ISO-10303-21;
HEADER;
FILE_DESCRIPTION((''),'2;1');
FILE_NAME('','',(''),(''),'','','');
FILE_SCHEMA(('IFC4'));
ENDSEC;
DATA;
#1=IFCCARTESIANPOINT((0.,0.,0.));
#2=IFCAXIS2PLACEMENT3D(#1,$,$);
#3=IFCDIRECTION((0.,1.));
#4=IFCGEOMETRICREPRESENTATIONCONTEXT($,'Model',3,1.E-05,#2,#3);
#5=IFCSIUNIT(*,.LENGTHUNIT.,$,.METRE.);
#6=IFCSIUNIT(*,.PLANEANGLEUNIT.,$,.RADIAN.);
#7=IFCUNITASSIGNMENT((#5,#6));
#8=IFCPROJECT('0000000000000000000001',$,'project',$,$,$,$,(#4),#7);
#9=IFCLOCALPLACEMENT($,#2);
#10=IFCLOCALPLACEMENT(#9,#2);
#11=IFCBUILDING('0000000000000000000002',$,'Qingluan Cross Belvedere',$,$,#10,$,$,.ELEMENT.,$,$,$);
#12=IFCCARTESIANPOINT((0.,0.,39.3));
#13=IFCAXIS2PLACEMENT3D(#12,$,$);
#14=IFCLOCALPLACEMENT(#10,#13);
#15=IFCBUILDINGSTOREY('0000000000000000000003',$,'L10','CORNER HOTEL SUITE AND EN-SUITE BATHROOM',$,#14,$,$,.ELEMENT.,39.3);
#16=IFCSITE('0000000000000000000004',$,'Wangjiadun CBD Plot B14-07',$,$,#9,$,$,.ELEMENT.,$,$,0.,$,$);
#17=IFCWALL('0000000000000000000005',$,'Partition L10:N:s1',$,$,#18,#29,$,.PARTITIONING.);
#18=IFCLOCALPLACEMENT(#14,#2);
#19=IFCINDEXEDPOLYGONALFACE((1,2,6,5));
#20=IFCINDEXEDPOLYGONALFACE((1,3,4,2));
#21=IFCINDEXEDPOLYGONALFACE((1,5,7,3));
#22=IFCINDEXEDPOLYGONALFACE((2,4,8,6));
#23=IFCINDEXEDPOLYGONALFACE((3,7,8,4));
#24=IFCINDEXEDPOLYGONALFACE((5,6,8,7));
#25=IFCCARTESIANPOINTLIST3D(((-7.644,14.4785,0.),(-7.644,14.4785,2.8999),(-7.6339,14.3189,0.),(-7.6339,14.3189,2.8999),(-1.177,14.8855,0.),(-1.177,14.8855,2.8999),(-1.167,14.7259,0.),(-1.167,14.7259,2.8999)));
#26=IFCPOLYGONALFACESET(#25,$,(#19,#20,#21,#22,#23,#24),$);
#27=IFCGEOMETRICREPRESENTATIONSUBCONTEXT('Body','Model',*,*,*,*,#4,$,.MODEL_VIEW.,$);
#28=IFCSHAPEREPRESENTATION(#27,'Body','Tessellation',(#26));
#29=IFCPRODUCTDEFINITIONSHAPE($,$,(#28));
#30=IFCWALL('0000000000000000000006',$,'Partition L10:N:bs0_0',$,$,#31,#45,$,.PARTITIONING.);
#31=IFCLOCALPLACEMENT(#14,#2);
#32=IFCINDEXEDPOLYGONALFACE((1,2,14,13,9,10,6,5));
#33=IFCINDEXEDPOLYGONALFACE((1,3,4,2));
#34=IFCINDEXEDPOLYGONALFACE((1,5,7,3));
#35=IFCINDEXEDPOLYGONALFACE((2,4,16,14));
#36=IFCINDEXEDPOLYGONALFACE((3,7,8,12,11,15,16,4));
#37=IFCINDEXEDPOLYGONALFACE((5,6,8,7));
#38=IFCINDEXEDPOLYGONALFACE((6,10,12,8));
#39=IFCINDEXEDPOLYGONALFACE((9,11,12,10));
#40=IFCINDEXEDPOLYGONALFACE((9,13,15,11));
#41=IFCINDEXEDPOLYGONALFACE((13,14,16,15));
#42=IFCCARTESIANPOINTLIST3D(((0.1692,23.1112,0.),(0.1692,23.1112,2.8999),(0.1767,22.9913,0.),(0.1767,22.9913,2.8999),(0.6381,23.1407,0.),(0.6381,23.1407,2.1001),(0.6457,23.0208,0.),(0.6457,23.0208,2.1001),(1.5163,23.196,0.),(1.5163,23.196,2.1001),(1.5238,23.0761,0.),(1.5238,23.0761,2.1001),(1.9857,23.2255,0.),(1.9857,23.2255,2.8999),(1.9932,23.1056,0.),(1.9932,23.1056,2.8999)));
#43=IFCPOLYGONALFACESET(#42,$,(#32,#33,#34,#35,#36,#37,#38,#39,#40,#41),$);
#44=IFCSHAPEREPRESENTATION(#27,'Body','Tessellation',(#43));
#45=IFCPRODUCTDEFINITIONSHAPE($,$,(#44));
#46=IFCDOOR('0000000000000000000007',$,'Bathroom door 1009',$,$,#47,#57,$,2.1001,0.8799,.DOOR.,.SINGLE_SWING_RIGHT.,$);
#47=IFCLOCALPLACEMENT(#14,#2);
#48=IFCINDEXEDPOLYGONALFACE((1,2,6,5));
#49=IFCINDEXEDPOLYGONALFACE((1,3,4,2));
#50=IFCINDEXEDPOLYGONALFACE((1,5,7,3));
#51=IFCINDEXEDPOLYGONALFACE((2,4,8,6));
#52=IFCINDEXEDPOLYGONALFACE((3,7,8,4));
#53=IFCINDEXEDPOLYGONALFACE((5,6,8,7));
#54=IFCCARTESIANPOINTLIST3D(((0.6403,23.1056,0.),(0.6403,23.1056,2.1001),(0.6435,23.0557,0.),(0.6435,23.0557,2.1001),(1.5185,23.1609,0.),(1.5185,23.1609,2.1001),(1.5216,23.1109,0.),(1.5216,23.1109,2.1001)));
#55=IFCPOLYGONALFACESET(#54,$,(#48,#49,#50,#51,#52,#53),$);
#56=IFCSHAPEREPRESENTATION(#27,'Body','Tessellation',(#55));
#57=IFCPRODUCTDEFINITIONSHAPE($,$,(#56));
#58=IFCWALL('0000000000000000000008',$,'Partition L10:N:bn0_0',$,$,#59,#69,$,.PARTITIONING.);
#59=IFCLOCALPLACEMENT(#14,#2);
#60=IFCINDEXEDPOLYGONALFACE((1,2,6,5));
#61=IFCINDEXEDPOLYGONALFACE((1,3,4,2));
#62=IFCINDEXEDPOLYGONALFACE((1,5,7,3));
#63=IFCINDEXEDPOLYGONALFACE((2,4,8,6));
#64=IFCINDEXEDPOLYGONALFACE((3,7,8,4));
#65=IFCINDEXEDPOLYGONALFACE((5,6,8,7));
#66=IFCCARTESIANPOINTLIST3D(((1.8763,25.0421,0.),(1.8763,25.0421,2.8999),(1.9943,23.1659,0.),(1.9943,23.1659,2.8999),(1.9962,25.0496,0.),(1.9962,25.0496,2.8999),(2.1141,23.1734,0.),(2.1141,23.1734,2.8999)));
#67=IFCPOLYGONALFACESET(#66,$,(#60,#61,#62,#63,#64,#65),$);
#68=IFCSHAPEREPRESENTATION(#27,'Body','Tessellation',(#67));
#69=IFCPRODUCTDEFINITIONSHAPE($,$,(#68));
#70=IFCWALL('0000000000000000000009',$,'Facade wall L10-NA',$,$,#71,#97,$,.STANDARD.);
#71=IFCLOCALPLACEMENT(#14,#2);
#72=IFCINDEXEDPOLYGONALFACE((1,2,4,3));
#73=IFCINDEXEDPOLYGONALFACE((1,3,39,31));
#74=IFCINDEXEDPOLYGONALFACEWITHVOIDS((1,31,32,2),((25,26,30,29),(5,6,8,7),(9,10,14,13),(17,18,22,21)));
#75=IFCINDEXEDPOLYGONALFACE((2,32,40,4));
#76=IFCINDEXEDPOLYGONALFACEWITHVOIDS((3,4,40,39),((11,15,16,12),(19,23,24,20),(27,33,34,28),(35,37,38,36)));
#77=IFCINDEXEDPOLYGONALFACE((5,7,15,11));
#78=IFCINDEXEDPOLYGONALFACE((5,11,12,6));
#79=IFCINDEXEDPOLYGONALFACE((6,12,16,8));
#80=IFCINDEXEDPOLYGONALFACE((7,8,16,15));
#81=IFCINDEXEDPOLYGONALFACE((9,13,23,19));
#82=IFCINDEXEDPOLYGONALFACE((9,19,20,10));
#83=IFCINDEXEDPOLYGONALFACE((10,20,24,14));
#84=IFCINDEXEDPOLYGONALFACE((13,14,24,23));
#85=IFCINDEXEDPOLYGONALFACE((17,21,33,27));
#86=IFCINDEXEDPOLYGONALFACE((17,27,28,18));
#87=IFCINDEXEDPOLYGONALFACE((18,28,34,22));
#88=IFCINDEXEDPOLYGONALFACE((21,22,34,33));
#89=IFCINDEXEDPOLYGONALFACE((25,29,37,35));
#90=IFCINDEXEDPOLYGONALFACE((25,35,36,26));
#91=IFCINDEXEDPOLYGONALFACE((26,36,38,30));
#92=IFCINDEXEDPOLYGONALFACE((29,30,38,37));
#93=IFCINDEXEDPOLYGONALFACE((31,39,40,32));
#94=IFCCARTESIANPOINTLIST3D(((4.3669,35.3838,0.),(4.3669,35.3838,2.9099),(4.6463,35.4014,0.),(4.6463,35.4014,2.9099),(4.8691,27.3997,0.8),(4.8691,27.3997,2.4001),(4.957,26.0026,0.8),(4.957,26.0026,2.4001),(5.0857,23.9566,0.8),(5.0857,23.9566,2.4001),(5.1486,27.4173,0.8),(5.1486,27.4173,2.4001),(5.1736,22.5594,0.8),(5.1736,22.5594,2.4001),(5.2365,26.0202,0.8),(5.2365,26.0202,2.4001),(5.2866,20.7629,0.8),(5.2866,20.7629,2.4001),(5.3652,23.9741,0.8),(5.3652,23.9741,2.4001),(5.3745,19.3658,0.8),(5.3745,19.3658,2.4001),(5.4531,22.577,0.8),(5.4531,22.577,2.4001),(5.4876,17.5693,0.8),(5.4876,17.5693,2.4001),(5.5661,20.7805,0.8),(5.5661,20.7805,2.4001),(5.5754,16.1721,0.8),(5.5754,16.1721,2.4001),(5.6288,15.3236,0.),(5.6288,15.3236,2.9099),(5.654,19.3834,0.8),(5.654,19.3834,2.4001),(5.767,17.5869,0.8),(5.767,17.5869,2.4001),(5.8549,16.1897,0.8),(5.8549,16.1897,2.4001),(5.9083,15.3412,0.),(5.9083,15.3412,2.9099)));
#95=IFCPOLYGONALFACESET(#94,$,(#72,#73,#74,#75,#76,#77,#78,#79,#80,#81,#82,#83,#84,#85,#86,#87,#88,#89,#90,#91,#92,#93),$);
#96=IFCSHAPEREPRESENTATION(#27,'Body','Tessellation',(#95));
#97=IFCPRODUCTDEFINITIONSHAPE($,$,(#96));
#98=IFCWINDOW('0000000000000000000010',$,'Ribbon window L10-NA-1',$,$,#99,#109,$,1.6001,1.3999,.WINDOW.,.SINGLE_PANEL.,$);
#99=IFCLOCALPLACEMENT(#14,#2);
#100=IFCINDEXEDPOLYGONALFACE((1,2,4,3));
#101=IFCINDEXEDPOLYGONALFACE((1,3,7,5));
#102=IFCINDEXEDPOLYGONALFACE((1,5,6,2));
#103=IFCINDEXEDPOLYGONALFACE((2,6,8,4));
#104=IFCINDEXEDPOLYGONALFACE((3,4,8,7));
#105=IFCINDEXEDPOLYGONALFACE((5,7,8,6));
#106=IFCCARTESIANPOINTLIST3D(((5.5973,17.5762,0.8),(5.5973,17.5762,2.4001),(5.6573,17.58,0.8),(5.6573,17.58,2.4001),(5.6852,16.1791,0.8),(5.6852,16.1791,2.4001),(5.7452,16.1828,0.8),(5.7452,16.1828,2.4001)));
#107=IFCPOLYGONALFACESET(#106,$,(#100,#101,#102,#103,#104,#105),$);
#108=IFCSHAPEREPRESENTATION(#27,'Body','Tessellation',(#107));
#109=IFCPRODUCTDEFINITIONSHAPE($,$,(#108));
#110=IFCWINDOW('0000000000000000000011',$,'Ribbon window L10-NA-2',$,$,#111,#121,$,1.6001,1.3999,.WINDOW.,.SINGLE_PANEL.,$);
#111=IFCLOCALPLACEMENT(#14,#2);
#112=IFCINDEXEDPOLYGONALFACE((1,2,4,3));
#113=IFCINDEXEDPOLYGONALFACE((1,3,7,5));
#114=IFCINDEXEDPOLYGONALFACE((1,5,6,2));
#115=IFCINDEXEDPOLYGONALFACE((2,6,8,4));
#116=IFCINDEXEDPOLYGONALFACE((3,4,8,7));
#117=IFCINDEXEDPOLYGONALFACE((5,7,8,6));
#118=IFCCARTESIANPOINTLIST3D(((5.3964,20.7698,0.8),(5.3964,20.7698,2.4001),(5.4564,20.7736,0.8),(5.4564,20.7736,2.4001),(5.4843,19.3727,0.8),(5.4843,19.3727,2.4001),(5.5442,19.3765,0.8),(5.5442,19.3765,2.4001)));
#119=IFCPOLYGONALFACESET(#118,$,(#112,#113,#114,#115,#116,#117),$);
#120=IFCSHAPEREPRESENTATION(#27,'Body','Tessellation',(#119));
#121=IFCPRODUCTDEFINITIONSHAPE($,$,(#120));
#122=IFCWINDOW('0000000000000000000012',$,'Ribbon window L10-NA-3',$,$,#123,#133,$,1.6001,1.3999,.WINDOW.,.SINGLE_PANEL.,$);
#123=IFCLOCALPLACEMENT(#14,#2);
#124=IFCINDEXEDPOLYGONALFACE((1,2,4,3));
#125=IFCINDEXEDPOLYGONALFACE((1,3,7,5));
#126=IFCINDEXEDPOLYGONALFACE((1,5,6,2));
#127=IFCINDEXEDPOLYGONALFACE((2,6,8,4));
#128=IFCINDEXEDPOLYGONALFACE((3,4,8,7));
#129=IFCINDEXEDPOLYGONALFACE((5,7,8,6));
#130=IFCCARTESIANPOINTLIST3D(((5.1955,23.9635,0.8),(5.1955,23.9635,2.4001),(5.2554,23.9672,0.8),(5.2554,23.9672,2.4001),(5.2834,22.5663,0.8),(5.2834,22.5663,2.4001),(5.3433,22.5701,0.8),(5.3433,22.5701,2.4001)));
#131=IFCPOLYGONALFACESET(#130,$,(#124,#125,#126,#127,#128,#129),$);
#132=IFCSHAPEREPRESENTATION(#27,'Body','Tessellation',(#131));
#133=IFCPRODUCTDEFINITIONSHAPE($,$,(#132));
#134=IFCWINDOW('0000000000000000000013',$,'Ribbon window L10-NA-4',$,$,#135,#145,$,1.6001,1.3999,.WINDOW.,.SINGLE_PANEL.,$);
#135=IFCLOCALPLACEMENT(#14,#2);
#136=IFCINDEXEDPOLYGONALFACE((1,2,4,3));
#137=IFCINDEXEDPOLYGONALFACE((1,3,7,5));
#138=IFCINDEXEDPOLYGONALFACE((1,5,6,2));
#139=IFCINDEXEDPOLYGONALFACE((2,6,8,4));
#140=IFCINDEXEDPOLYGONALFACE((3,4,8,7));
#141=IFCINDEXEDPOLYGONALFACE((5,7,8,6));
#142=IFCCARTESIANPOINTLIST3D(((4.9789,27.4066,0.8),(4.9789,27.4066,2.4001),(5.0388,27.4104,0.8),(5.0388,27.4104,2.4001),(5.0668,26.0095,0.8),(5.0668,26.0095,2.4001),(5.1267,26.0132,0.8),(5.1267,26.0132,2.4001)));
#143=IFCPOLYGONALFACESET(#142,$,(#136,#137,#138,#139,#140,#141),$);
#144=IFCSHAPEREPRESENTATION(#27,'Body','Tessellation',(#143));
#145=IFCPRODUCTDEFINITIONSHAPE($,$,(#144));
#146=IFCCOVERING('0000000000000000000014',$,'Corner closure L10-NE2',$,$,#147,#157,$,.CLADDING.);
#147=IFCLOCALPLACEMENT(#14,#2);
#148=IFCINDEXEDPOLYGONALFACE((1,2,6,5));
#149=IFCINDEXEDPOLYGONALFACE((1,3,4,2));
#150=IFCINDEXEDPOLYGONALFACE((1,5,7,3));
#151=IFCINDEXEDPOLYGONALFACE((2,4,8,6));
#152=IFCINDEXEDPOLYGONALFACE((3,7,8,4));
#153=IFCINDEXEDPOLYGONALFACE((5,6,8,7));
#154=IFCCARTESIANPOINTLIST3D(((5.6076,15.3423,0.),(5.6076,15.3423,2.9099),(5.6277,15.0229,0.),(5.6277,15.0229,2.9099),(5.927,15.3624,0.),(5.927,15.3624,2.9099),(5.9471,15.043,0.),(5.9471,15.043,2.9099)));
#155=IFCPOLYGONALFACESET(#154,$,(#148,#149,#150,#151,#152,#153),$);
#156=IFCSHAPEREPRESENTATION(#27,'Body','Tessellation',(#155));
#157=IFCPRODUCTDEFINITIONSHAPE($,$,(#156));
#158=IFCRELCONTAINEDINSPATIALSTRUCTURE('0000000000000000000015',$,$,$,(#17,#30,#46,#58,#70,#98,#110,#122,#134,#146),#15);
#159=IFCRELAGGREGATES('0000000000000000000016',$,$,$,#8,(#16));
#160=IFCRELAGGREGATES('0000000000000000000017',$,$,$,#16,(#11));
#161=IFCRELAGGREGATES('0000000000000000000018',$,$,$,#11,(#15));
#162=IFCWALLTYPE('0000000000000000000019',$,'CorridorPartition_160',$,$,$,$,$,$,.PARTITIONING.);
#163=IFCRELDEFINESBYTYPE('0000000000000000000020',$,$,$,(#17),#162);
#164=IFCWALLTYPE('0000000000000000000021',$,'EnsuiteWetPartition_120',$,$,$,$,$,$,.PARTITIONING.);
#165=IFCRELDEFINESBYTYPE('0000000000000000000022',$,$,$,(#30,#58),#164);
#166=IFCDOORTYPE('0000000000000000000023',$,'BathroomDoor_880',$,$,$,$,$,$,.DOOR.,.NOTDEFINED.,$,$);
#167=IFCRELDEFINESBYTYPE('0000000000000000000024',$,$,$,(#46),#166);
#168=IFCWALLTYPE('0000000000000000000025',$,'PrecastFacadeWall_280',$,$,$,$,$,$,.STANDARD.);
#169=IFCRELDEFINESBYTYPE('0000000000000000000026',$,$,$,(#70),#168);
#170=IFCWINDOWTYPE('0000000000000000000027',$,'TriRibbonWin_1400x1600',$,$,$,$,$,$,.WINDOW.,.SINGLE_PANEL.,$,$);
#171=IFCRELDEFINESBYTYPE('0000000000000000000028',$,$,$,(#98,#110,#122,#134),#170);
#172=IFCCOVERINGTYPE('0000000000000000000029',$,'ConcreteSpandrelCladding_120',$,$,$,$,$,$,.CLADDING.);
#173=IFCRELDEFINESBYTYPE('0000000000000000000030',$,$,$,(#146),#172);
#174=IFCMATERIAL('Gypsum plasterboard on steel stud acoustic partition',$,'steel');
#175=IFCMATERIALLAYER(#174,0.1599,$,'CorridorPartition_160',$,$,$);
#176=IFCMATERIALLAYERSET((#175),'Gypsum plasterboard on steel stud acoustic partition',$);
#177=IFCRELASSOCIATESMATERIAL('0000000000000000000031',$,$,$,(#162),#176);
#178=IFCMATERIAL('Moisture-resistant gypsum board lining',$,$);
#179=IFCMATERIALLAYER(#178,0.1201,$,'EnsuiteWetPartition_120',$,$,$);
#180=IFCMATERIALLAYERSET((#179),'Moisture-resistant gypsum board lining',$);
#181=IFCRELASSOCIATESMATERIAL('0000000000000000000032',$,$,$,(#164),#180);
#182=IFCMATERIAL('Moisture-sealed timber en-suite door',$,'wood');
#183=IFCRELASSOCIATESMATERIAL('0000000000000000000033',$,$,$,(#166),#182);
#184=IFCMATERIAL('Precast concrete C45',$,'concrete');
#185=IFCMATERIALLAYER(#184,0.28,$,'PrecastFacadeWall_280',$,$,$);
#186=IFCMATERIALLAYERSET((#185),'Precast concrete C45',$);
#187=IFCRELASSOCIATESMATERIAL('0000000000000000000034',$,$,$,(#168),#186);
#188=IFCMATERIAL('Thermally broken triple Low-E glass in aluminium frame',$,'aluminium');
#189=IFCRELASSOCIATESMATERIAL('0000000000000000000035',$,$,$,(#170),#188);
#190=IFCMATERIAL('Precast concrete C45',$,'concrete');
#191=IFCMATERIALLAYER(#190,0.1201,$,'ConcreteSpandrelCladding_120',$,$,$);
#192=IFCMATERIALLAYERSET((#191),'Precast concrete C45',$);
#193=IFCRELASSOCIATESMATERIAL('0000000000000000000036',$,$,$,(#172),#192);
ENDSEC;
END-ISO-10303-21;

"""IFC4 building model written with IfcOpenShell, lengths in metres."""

from ifc_helpers import new_model, si_unit, direction, frame, frame_2d, origin, origin_2d, place, context, subcontext, project, spatial, rectangle, extrude, material, layer, layer_set, type_object, element, fill, save


model = new_model("IFC4")

# Units and contexts
model_context = context("Model", 3, precision=1e-05, world=origin(), true_north=direction((0.0, 1.0)))
body_context = subcontext(model_context, "Body", "Model", "MODEL_VIEW")
ifc_project = project(units=[si_unit("LENGTHUNIT", "METRE"), si_unit("PLANEANGLEUNIT", "RADIAN")], contexts=[model_context])

# Site, building, storey
site_placement = place(None, origin())
site = spatial("IfcSite", under=ifc_project, at=site_placement, Name="Wangjiadun CBD Plot B14-07", CompositionType="ELEMENT", RefElevation=0.0)
building_placement = place(site_placement, origin())
building = spatial("IfcBuilding", under=site, at=building_placement, Name="Qingluan Cross Belvedere", CompositionType="ELEMENT")
storey_placement = place(building_placement, frame((0.0, 0.0, 39.3)))
storey = spatial("IfcBuildingStorey", under=building, at=storey_placement, Name="L10", Description="CORNER HOTEL SUITE AND EN-SUITE BATHROOM", CompositionType="ELEMENT", Elevation=39.3)

# Shared definitions
ifc_material_1 = material(Name="Gypsum plasterboard on steel stud acoustic partition", Category="steel")
ifc_layer_1 = layer(ifc_material_1, 0.1599, Name="CorridorPartition_160")
ifc_layer_set_1 = layer_set([ifc_layer_1], Name="Gypsum plasterboard on steel stud acoustic partition")
wall_type_1 = type_object("IfcWallType", Name="CorridorPartition_160", PredefinedType="PARTITIONING", material=ifc_layer_set_1)

# Wall
wall_1_placement = place(storey_placement, frame((-1.1721, 14.8057, 0.0), z_axis=(0.0, 0.0, 1.0), x_axis=(-0.998026, -0.062808, 0.0)))
element("IfcWall", 1, at=wall_1_placement, inside=storey, type_object=wall_type_1, Name="Partition L10:N:s1", PredefinedType="PARTITIONING", context=body_context, shape_type="SweptSolid", body=[
    extrude(rectangle(XDim=6.4797, YDim=0.1599, at=frame_2d((3.2397, 0.0))), origin(), (0.0, 0.0, 1.0), 2.8999),
])

# Wall, opening, door
ifc_material_2 = material(Name="Moisture-resistant gypsum board lining")
ifc_layer_2 = layer(ifc_material_2, 0.1201, Name="EnsuiteWetPartition_120")
ifc_layer_set_2 = layer_set([ifc_layer_2], Name="Moisture-resistant gypsum board lining")
wall_type_2 = type_object("IfcWallType", Name="EnsuiteWetPartition_120", PredefinedType="PARTITIONING", material=ifc_layer_set_2)
wall_2_placement = place(storey_placement, frame((0.1729, 23.0513, 0.0), z_axis=(0.0, 0.0, 1.0), x_axis=(0.998027, 0.062779, 0.0)))
wall_2 = element("IfcWall", 2, at=wall_2_placement, inside=storey, type_object=wall_type_2, Name="Partition L10:N:bs0_0", PredefinedType="PARTITIONING", context=body_context, shape_type="SweptSolid", body=[
    extrude(rectangle(XDim=1.8201, YDim=0.1201, at=frame_2d((0.9102, 0.0))), origin(), (0.0, 0.0, 1.0), 2.8999),
])
opening_1_placement = place(wall_2_placement, frame((0.47, 0.0, 0.0)))
opening_1 = element("IfcOpeningElement", 3, at=opening_1_placement, cuts=wall_2, PredefinedType="OPENING", context=body_context, shape_type="SweptSolid", body=[
    extrude(rectangle(XDim=0.8799, YDim=2.1001, at=frame_2d((0.4399, 1.05))), frame((0.0, 0.0701, 0.0), z_axis=(0.0, -1.0, 0.0), x_axis=(1.0, 0.0, 0.0)), (0.0, 0.0, 1.0), 0.1401),
])
ifc_material_3 = material(Name="Moisture-sealed timber en-suite door", Category="wood")
door_type_1 = type_object("IfcDoorType", Name="BathroomDoor_880", OperationType="NOTDEFINED", PredefinedType="DOOR", material=ifc_material_3)
door_1_placement = place(opening_1_placement, origin())
door_1 = element("IfcDoor", 4, at=door_1_placement, inside=storey, type_object=door_type_1, Name="Bathroom door 1009", OperationType="SINGLE_SWING_RIGHT", OverallHeight=2.1001, OverallWidth=0.8799, PredefinedType="DOOR", context=body_context, shape_type="SweptSolid", body=[
    extrude(rectangle(XDim=0.8799, YDim=2.1001, at=frame_2d((0.4399, 1.05))), frame((0.0, 0.0249, 0.0), z_axis=(0.0, -1.0, 0.0), x_axis=(1.0, 0.0, 0.0)), (0.0, 0.0, 1.0), 0.05),
])
fill(opening_1, door_1)

# Wall
wall_3_placement = place(storey_placement, frame((2.0542, 23.1697, 0.0), z_axis=(0.0, 0.0, 1.0), x_axis=(-0.062726, 0.998031, 0.0)))
element("IfcWall", 5, at=wall_3_placement, inside=storey, type_object=wall_type_2, Name="Partition L10:N:bn0_0", PredefinedType="PARTITIONING", context=body_context, shape_type="SweptSolid", body=[
    extrude(rectangle(XDim=1.8799, YDim=0.1201, at=frame_2d((0.9399, 0.0))), origin(), (0.0, 0.0, 1.0), 2.8999),
])

# Wall, openings, windows
ifc_material_4 = material(Name="Precast concrete C45", Category="concrete")
ifc_layer_3 = layer(ifc_material_4, 0.28, Name="PrecastFacadeWall_280")
ifc_layer_set_3 = layer_set([ifc_layer_3], Name="Precast concrete C45")
wall_type_3 = type_object("IfcWallType", Name="PrecastFacadeWall_280", PredefinedType="STANDARD", material=ifc_layer_set_3)
wall_4_placement = place(storey_placement, frame((5.7686, 15.3325, 0.0), z_axis=(0.0, 0.0, 1.0), x_axis=(-0.062784, 0.998027, 0.0)))
wall_4 = element("IfcWall", 6, at=wall_4_placement, inside=storey, type_object=wall_type_3, Name="Facade wall L10-NA", PredefinedType="STANDARD", context=body_context, shape_type="SweptSolid", body=[
    extrude(rectangle(XDim=20.0999, YDim=0.28, at=frame_2d((10.0498, 0.0))), origin(), (0.0, 0.0, 1.0), 2.9099),
])
opening_2_placement = place(wall_4_placement, frame((0.8501, 0.0, 0.8)))
opening_2 = element("IfcOpeningElement", 7, at=opening_2_placement, cuts=wall_4, PredefinedType="OPENING", context=body_context, shape_type="SweptSolid", body=[
    extrude(rectangle(XDim=1.3999, YDim=1.6001, at=frame_2d((0.7, 0.8))), frame((0.0, 0.1499, 0.0), z_axis=(0.0, -1.0, 0.0), x_axis=(1.0, 0.0, 0.0)), (0.0, 0.0, 1.0), 0.3),
])
opening_3_placement = place(wall_4_placement, frame((4.05, 0.0, 0.8)))
opening_3 = element("IfcOpeningElement", 8, at=opening_3_placement, cuts=wall_4, PredefinedType="OPENING", context=body_context, shape_type="SweptSolid", body=[
    extrude(rectangle(XDim=1.3999, YDim=1.6001, at=frame_2d((0.7, 0.8))), frame((0.0, 0.1499, 0.0), z_axis=(0.0, -1.0, 0.0), x_axis=(1.0, 0.0, 0.0)), (0.0, 0.0, 1.0), 0.3),
])
opening_4_placement = place(wall_4_placement, frame((7.25, 0.0, 0.8)))
opening_4 = element("IfcOpeningElement", 9, at=opening_4_placement, cuts=wall_4, PredefinedType="OPENING", context=body_context, shape_type="SweptSolid", body=[
    extrude(rectangle(XDim=1.3999, YDim=1.6001, at=frame_2d((0.7, 0.8))), frame((0.0, 0.1499, 0.0), z_axis=(0.0, -1.0, 0.0), x_axis=(1.0, 0.0, 0.0)), (0.0, 0.0, 1.0), 0.3),
])
opening_5_placement = place(wall_4_placement, frame((10.7, 0.0, 0.8)))
opening_5 = element("IfcOpeningElement", 10, at=opening_5_placement, cuts=wall_4, PredefinedType="OPENING", context=body_context, shape_type="SweptSolid", body=[
    extrude(rectangle(XDim=1.3999, YDim=1.6001, at=frame_2d((0.7, 0.8))), frame((0.0, 0.1499, 0.0), z_axis=(0.0, -1.0, 0.0), x_axis=(1.0, 0.0, 0.0)), (0.0, 0.0, 1.0), 0.3),
])
ifc_material_5 = material(Name="Thermally broken triple Low-E glass in aluminium frame", Category="aluminium")
window_type = type_object("IfcWindowType", Name="TriRibbonWin_1400x1600", PartitioningType="SINGLE_PANEL", PredefinedType="WINDOW", material=ifc_material_5)
window_1_placement = place(opening_2_placement, origin())
window_1 = element("IfcWindow", 11, at=window_1_placement, inside=storey, type_object=window_type, Name="Ribbon window L10-NA-1", OverallHeight=1.6001, OverallWidth=1.3999, PartitioningType="SINGLE_PANEL", PredefinedType="WINDOW", context=body_context, shape_type="SweptSolid", body=[
    extrude(rectangle(XDim=1.3999, YDim=1.6001, at=frame_2d((0.7, 0.8))), frame((0.0, 0.03, 0.0), z_axis=(0.0, -1.0, 0.0), x_axis=(1.0, 0.0, 0.0)), (0.0, 0.0, 1.0), 0.0601),
])
fill(opening_2, window_1)
window_2_placement = place(opening_3_placement, origin())
window_2 = element("IfcWindow", 12, at=window_2_placement, inside=storey, type_object=window_type, Name="Ribbon window L10-NA-2", OverallHeight=1.6001, OverallWidth=1.3999, PartitioningType="SINGLE_PANEL", PredefinedType="WINDOW", context=body_context, shape_type="SweptSolid", body=[
    extrude(rectangle(XDim=1.3999, YDim=1.6001, at=frame_2d((0.7, 0.8))), frame((0.0, 0.03, 0.0), z_axis=(0.0, -1.0, 0.0), x_axis=(1.0, 0.0, 0.0)), (0.0, 0.0, 1.0), 0.0601),
])
fill(opening_3, window_2)
window_3_placement = place(opening_4_placement, origin())
window_3 = element("IfcWindow", 13, at=window_3_placement, inside=storey, type_object=window_type, Name="Ribbon window L10-NA-3", OverallHeight=1.6001, OverallWidth=1.3999, PartitioningType="SINGLE_PANEL", PredefinedType="WINDOW", context=body_context, shape_type="SweptSolid", body=[
    extrude(rectangle(XDim=1.3999, YDim=1.6001, at=frame_2d((0.7, 0.8))), frame((0.0, 0.03, 0.0), z_axis=(0.0, -1.0, 0.0), x_axis=(1.0, 0.0, 0.0)), (0.0, 0.0, 1.0), 0.0601),
])
fill(opening_4, window_3)
window_4_placement = place(opening_5_placement, origin())
window_4 = element("IfcWindow", 14, at=window_4_placement, inside=storey, type_object=window_type, Name="Ribbon window L10-NA-4", OverallHeight=1.6001, OverallWidth=1.3999, PartitioningType="SINGLE_PANEL", PredefinedType="WINDOW", context=body_context, shape_type="SweptSolid", body=[
    extrude(rectangle(XDim=1.3999, YDim=1.6001, at=frame_2d((0.7, 0.8))), frame((0.0, 0.03, 0.0), z_axis=(0.0, -1.0, 0.0), x_axis=(1.0, 0.0, 0.0)), (0.0, 0.0, 1.0), 0.0601),
])
fill(opening_5, window_4)

# Covering
ifc_material_6 = material(Name="Precast concrete C45", Category="concrete")
ifc_layer_4 = layer(ifc_material_6, 0.1201, Name="ConcreteSpandrelCladding_120")
ifc_layer_set_4 = layer_set([ifc_layer_4], Name="Precast concrete C45")
covering_type = type_object("IfcCoveringType", Name="ConcreteSpandrelCladding_120", PredefinedType="CLADDING", material=ifc_layer_set_4)
covering_placement = place(storey_placement, frame((5.7773, 15.1926, 0.0), z_axis=(0.0, 0.0, 1.0), x_axis=(0.998027, 0.062791, 0.0)))
element("IfcCovering", 15, at=covering_placement, inside=storey, type_object=covering_type, Name="Corner closure L10-NE2", PredefinedType="CLADDING", context=body_context, shape_type="SweptSolid", body=[
    extrude(rectangle(XDim=0.3201, YDim=0.3201, at=origin_2d()), origin(), (0.0, 0.0, 1.0), 2.9099),
])

save(model, "model.ifc")
